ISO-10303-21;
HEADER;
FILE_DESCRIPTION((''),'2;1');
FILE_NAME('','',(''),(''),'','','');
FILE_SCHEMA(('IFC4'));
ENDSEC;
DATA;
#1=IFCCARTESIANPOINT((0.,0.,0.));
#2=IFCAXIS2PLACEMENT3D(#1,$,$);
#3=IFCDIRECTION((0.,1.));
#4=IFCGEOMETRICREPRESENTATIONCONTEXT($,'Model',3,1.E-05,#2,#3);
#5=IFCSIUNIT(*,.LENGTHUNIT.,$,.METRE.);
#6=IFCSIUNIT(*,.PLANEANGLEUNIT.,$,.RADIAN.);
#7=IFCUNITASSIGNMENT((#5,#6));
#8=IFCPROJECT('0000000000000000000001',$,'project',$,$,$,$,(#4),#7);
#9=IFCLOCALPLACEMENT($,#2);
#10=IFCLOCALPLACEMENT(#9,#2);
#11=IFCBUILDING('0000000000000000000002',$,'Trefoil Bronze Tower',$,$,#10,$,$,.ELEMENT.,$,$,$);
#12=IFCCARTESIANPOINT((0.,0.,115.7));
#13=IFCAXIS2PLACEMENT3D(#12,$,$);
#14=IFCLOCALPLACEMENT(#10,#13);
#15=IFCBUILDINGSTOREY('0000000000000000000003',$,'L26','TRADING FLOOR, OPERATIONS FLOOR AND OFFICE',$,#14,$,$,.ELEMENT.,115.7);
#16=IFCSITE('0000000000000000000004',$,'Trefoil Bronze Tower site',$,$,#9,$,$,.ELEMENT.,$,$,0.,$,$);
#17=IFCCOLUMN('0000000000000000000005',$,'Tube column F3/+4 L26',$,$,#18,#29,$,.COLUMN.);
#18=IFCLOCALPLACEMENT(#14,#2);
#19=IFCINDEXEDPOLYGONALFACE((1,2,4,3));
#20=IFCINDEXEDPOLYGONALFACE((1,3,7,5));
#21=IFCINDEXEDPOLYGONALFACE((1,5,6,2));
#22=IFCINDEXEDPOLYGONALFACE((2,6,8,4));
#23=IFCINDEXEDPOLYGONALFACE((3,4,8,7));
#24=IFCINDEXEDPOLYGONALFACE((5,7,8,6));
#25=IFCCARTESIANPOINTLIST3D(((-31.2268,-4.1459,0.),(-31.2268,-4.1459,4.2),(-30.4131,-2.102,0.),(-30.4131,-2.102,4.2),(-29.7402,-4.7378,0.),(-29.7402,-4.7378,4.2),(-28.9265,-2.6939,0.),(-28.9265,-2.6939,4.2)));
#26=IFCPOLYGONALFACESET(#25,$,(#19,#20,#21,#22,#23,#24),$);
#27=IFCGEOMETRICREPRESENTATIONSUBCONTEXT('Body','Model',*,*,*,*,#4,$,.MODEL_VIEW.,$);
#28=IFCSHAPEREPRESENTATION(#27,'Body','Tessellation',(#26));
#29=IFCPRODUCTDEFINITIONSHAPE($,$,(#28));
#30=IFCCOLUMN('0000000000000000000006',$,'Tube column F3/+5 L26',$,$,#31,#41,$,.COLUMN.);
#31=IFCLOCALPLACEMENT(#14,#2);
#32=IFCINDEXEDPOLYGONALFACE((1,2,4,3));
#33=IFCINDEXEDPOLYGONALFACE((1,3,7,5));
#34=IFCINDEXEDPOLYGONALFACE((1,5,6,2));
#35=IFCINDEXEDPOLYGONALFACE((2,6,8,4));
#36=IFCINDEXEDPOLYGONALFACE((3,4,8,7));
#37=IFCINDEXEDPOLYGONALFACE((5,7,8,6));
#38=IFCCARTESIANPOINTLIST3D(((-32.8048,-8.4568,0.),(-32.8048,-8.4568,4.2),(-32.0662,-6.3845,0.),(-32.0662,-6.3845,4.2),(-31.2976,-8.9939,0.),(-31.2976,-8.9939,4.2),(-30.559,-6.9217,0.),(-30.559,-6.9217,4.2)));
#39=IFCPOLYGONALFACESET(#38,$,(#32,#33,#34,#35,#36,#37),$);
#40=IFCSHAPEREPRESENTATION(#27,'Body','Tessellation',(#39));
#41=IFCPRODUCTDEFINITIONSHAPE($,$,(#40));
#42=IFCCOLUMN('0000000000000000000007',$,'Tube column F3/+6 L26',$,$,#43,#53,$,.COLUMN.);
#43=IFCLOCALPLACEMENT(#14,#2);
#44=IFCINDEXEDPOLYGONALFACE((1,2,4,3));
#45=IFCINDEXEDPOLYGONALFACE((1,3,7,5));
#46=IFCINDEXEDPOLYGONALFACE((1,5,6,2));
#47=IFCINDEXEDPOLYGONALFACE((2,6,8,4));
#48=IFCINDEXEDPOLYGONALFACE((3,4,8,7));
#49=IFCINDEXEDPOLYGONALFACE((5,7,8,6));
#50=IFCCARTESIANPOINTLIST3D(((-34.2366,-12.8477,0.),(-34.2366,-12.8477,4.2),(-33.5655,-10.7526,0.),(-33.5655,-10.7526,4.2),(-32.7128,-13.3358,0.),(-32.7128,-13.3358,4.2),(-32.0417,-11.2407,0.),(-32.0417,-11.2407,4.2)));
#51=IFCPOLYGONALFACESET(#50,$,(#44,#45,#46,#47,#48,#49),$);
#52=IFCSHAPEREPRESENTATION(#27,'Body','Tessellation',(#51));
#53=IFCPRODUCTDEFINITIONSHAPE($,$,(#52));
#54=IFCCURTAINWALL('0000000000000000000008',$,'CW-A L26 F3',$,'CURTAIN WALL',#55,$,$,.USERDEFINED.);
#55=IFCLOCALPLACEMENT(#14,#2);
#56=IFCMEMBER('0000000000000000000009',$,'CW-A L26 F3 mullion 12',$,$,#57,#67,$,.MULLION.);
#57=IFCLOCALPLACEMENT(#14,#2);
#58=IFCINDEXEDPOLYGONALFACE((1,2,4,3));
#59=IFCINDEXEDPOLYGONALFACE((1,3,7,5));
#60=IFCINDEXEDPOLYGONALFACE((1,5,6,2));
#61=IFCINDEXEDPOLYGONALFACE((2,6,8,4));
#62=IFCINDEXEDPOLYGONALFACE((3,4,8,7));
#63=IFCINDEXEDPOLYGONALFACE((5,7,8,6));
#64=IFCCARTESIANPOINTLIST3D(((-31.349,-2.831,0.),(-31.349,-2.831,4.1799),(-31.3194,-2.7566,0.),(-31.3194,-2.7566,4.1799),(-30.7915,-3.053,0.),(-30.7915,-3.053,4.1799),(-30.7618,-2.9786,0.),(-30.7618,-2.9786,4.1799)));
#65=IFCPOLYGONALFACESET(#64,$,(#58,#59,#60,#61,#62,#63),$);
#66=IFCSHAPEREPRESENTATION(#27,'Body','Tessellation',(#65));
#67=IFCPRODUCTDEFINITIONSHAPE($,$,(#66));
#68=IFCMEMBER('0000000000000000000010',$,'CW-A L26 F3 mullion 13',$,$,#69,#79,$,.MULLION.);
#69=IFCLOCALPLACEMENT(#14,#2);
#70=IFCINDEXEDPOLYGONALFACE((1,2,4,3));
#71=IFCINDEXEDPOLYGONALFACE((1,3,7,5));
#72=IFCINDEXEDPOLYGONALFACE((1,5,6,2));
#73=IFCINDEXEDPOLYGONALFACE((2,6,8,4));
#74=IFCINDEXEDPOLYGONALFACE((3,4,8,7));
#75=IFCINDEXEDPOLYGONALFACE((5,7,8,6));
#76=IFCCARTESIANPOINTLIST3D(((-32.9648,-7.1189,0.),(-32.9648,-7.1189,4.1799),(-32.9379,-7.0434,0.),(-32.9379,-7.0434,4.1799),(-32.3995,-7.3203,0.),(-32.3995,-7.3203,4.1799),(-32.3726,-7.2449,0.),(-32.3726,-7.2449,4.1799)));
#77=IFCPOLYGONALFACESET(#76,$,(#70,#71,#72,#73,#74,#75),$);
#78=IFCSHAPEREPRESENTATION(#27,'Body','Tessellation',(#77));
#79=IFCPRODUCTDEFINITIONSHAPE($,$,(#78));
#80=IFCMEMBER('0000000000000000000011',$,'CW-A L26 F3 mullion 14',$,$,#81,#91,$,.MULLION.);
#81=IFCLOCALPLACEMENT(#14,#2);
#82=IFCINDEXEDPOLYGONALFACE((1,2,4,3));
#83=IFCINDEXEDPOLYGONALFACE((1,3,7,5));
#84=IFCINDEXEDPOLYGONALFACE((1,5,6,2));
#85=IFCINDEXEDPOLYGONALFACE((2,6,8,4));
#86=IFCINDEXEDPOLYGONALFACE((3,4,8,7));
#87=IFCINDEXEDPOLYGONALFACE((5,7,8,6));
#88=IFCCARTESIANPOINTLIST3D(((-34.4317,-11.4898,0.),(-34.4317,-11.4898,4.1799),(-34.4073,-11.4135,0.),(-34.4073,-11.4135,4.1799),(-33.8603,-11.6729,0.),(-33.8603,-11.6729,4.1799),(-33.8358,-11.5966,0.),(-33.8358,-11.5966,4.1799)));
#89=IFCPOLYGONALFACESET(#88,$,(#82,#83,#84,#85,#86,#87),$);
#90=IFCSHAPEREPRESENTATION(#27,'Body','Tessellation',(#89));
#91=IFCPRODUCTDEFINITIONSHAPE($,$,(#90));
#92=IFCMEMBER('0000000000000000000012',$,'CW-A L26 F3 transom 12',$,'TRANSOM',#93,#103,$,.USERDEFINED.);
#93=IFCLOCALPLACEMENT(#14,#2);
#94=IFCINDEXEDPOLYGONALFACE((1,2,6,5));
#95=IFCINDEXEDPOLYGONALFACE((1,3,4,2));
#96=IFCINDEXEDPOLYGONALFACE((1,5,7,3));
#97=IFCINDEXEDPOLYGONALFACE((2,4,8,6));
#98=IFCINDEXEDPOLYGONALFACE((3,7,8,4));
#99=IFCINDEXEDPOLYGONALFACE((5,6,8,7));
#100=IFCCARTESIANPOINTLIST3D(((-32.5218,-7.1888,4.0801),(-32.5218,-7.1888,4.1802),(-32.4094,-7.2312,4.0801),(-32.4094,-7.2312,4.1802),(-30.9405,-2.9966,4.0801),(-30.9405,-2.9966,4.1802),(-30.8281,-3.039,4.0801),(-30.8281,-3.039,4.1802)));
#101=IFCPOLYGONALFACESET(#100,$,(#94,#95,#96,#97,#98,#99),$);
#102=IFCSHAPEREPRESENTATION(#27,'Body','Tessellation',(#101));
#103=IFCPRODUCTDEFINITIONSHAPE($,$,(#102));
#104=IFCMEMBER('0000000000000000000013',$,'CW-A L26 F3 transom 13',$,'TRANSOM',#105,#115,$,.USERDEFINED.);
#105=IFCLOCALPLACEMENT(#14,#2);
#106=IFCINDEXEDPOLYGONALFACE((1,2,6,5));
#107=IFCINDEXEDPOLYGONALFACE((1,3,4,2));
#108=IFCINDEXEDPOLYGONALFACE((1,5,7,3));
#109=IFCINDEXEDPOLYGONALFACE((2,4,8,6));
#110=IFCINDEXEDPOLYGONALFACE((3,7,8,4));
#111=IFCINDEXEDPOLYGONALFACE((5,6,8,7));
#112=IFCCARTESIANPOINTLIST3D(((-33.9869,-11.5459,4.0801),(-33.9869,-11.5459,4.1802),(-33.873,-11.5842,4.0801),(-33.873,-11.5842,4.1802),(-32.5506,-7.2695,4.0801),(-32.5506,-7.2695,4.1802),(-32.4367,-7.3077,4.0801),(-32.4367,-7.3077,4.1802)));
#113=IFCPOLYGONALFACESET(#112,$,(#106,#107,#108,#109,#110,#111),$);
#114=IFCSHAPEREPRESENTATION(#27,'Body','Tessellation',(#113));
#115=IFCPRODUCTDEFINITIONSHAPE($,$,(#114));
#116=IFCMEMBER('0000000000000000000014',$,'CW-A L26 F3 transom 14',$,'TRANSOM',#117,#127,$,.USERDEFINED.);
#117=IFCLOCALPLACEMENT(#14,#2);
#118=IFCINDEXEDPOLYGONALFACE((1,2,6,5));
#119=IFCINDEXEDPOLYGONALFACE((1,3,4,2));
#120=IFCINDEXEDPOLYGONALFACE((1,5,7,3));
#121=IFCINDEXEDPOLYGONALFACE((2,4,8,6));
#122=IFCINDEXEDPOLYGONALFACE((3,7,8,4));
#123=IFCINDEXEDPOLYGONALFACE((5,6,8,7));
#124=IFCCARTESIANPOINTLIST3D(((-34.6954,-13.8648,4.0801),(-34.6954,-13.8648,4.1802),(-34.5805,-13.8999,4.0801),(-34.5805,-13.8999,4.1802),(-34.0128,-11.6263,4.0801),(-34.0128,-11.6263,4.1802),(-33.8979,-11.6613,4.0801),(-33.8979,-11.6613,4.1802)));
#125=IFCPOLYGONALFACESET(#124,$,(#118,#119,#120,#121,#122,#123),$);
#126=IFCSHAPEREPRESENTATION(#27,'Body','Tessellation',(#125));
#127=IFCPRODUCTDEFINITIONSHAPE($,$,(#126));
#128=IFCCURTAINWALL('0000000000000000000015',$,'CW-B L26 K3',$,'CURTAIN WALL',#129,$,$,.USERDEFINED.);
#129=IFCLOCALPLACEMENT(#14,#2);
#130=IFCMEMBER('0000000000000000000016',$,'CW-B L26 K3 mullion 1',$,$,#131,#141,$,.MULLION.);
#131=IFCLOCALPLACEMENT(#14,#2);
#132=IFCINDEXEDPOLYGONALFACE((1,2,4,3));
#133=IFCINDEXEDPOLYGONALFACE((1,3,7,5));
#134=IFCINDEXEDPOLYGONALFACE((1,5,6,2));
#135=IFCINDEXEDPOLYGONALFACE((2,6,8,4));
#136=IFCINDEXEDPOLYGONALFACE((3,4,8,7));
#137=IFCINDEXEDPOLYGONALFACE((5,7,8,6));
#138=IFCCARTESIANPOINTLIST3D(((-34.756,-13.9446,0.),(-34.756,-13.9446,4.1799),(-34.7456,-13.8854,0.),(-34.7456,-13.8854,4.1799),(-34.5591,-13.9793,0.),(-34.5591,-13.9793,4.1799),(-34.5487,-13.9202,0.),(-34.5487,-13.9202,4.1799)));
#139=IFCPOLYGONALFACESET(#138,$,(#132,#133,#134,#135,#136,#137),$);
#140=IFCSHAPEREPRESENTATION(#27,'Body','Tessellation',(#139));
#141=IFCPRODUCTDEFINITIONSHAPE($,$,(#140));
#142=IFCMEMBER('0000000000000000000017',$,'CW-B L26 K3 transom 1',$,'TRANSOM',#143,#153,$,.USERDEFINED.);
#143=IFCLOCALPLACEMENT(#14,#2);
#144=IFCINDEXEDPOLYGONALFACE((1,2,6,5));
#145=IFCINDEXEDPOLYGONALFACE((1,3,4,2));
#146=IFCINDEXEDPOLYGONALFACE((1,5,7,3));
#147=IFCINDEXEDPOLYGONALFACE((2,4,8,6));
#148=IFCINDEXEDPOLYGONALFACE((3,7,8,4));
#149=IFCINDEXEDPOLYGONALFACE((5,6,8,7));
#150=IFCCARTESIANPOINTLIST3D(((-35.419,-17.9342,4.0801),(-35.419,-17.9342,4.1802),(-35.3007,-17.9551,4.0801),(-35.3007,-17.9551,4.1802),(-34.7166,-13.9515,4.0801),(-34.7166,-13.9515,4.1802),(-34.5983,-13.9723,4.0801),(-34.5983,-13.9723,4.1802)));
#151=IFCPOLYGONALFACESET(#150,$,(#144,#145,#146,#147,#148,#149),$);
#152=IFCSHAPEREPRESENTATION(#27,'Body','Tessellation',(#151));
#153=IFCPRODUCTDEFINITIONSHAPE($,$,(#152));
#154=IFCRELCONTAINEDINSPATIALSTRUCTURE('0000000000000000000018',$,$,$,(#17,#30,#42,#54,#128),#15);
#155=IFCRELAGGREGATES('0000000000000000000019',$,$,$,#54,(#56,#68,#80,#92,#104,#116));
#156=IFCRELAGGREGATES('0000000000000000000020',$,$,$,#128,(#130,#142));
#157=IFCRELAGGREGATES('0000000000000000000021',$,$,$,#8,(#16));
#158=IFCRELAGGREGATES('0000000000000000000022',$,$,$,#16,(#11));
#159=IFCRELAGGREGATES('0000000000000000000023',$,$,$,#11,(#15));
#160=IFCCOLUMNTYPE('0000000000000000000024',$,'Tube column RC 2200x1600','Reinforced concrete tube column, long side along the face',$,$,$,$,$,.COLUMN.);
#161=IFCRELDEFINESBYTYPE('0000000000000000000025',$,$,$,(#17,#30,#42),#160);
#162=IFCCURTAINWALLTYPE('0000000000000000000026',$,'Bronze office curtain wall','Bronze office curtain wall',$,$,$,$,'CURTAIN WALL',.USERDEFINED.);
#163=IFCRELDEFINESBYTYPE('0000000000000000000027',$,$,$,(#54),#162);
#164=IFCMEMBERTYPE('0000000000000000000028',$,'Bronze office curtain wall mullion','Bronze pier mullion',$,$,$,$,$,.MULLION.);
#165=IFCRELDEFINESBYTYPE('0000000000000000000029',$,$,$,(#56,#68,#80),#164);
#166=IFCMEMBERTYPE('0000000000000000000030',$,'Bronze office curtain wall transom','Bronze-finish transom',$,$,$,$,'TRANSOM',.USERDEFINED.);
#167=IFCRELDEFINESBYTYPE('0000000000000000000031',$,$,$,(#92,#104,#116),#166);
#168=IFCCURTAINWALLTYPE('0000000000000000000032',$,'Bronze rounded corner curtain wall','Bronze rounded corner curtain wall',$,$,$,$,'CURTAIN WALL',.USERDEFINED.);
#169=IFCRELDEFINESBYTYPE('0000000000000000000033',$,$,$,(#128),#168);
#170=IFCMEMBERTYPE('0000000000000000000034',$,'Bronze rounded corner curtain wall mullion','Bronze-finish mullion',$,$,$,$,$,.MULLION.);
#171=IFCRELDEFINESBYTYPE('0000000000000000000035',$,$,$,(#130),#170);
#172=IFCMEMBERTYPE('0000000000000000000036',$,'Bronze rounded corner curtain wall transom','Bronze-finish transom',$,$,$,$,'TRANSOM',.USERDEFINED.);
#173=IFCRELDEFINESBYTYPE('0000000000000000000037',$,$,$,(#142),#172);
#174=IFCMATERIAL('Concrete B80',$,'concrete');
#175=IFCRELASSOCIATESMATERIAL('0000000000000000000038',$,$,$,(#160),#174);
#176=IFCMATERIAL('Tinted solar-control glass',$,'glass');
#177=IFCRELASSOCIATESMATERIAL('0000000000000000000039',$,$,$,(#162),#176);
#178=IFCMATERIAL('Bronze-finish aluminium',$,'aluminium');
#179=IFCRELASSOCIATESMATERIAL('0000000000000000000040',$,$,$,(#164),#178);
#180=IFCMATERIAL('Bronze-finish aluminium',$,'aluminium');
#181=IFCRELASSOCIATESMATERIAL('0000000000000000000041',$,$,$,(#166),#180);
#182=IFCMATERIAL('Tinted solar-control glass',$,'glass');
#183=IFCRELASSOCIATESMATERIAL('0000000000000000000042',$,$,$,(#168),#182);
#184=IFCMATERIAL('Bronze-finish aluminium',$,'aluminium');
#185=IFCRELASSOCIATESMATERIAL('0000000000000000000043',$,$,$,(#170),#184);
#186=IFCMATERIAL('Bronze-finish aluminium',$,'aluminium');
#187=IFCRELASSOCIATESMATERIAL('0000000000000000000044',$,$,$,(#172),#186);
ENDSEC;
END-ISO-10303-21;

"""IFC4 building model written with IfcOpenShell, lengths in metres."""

from ifc_helpers import new_model, si_unit, direction, frame, origin, origin_2d, place, context, subcontext, project, spatial, rectangle, extrude, material, material_profile, profile_set, type_object, element, aggregate, save


model = new_model("IFC4")

# Units and contexts
model_context = context("Model", 3, precision=1e-05, world=origin(), true_north=direction((0.0, 1.0)))
body_context = subcontext(model_context, "Body", "Model", "MODEL_VIEW")
ifc_project = project(units=[si_unit("LENGTHUNIT", "METRE"), si_unit("PLANEANGLEUNIT", "RADIAN")], contexts=[model_context])

# Site, building, storey
site_placement = place(None, origin())
site = spatial("IfcSite", under=ifc_project, at=site_placement, Name="Trefoil Bronze Tower site", CompositionType="ELEMENT", RefElevation=0.0)
building_placement = place(site_placement, origin())
building = spatial("IfcBuilding", under=site, at=building_placement, Name="Trefoil Bronze Tower", CompositionType="ELEMENT")
storey_placement = place(building_placement, frame((0.0, 0.0, 115.7)))
storey = spatial("IfcBuildingStorey", under=building, at=storey_placement, Name="L26", Description="TRADING FLOOR, OPERATIONS FLOOR AND OFFICE", CompositionType="ELEMENT", Elevation=115.7)

# Columns
ifc_material_1 = material(Name="Concrete B80", Category="concrete")
ifc_material_profile_1 = material_profile(ifc_material_1, rectangle(XDim=2.2, YDim=1.6001, at=origin_2d()), Name="RC 2200x1600")
ifc_profile_set_1 = profile_set([ifc_material_profile_1], Name="Concrete B80")
column_type = type_object("IfcColumnType", Name="Tube column RC 2200x1600", Description="Reinforced concrete tube column, long side along the face", PredefinedType="COLUMN", material=ifc_profile_set_1)
for number, where, z_axis, x_axis, name in (
    (1, (-30.0767, -3.4199, 0.0), (0.0, 0.0, 1.0), (-0.369901, -0.929071, 0.0), "Tube column F3/+4 L26"),
    (2, (-31.6819, -7.6892, 0.0), (0.0, 0.0, 1.0), (-0.335718, -0.941963, 0.0), "Tube column F3/+5 L26"),
    (3, (-33.1392, -12.0442, 0.0), (0.0, 0.0, 1.0), (-0.305066, -0.952331, 0.0), "Tube column F3/+6 L26"),
):
    element("IfcColumn", number, at=place(storey_placement, frame(where, z_axis=z_axis, x_axis=x_axis)), inside=storey, type_object=column_type, Name=name, PredefinedType="COLUMN", context=body_context, shape_type="SweptSolid", body=[
        extrude(rectangle(XDim=2.2, YDim=1.6001, at=origin_2d()), origin(), (0.0, 0.0, 1.0), 4.2),
    ])

# Curtain walls, members
ifc_material_2 = material(Name="Tinted solar-control glass", Category="glass")
curtain_wall_type_1 = type_object("IfcCurtainWallType", Name="Bronze office curtain wall", Description="Bronze office curtain wall", ElementType="CURTAIN WALL", PredefinedType="USERDEFINED", material=ifc_material_2)
curtain_wall_1_placement = place(storey_placement, origin())
curtain_wall_1 = element("IfcCurtainWall", 4, at=curtain_wall_1_placement, inside=storey, type_object=curtain_wall_type_1, Name="CW-A L26 F3", ObjectType="CURTAIN WALL", PredefinedType="USERDEFINED")
ifc_material_3 = material(Name="Bronze-finish aluminium", Category="aluminium")
ifc_material_profile_2 = material_profile(ifc_material_3, rectangle(XDim=0.6001, YDim=0.0801, at=origin_2d()), Name="CW-A mullion")
ifc_profile_set_2 = profile_set([ifc_material_profile_2], Name="Bronze-finish aluminium")
member_type_1 = type_object("IfcMemberType", Name="Bronze office curtain wall mullion", Description="Bronze pier mullion", PredefinedType="MULLION", material=ifc_profile_set_2)
member_1_placement = place(storey_placement, frame((-31.0554, -2.9048, 0.0), z_axis=(0.0, 0.0, 1.0), x_axis=(0.929071, -0.369901, 0.0)))
member_1 = element("IfcMember", 5, at=member_1_placement, type_object=member_type_1, Name="CW-A L26 F3 mullion 12", PredefinedType="MULLION", context=body_context, shape_type="SweptSolid", body=[
    extrude(rectangle(XDim=0.6001, YDim=0.0801, at=origin_2d()), origin(), (0.0, 0.0, 1.0), 4.1799),
])
member_2_placement = place(storey_placement, frame((-32.6687, -7.1819, 0.0), z_axis=(0.0, 0.0, 1.0), x_axis=(0.941963, -0.335718, 0.0)))
member_2 = element("IfcMember", 6, at=member_2_placement, type_object=member_type_1, Name="CW-A L26 F3 mullion 13", PredefinedType="MULLION", context=body_context, shape_type="SweptSolid", body=[
    extrude(rectangle(XDim=0.6001, YDim=0.0801, at=origin_2d()), origin(), (0.0, 0.0, 1.0), 4.1799),
])
member_3_placement = place(storey_placement, frame((-34.1338, -11.5432, 0.0), z_axis=(0.0, 0.0, 1.0), x_axis=(0.952331, -0.305066, 0.0)))
member_3 = element("IfcMember", 7, at=member_3_placement, type_object=member_type_1, Name="CW-A L26 F3 mullion 14", PredefinedType="MULLION", context=body_context, shape_type="SweptSolid", body=[
    extrude(rectangle(XDim=0.6001, YDim=0.0801, at=origin_2d()), origin(), (0.0, 0.0, 1.0), 4.1799),
])
ifc_material_4 = material(Name="Bronze-finish aluminium", Category="aluminium")
ifc_material_profile_3 = material_profile(ifc_material_4, rectangle(XDim=0.1201, YDim=0.1001, at=origin_2d()), Name="CW-A transom")
ifc_profile_set_3 = profile_set([ifc_material_profile_3], Name="Bronze-finish aluminium")
member_type_2 = type_object("IfcMemberType", Name="Bronze office curtain wall transom", Description="Bronze-finish transom", ElementType="TRANSOM", PredefinedType="USERDEFINED", material=ifc_profile_set_3)
member_4_placement = place(storey_placement, frame((-30.8843, -3.0178, 4.1301), z_axis=(-0.352932, -0.935649, 0.0), x_axis=(0.935649, -0.352932, 0.0)))
member_4 = element("IfcMember", 8, at=member_4_placement, type_object=member_type_2, Name="CW-A L26 F3 transom 12", ObjectType="TRANSOM", PredefinedType="USERDEFINED", context=body_context, shape_type="SweptSolid", body=[
    extrude(rectangle(XDim=0.1201, YDim=0.1001, at=origin_2d()), origin(), (0.0, 0.0, 1.0), 4.4805),
])
member_5_placement = place(storey_placement, frame((-32.4937, -7.2886, 4.1301), z_axis=(-0.318386, -0.947961, 0.0), x_axis=(0.947961, -0.318386, 0.0)))
member_5 = element("IfcMember", 9, at=member_5_placement, type_object=member_type_2, Name="CW-A L26 F3 transom 13", ObjectType="TRANSOM", PredefinedType="USERDEFINED", context=body_context, shape_type="SweptSolid", body=[
    extrude(rectangle(XDim=0.1201, YDim=0.1001, at=origin_2d()), origin(), (0.0, 0.0, 1.0), 4.5112),
])
member_6_placement = place(storey_placement, frame((-33.9553, -11.6438, 4.1301), z_axis=(-0.29168, -0.956516, 0.0), x_axis=(0.956516, -0.29168, 0.0)))
member_6 = element("IfcMember", 10, at=member_6_placement, type_object=member_type_2, Name="CW-A L26 F3 transom 14", ObjectType="TRANSOM", PredefinedType="USERDEFINED", context=body_context, shape_type="SweptSolid", body=[
    extrude(rectangle(XDim=0.1201, YDim=0.1001, at=origin_2d()), origin(), (0.0, 0.0, 1.0), 2.3403),
])
ifc_material_5 = material(Name="Tinted solar-control glass", Category="glass")
curtain_wall_type_2 = type_object("IfcCurtainWallType", Name="Bronze rounded corner curtain wall", Description="Bronze rounded corner curtain wall", ElementType="CURTAIN WALL", PredefinedType="USERDEFINED", material=ifc_material_5)
curtain_wall_2_placement = place(storey_placement, origin())
curtain_wall_2 = element("IfcCurtainWall", 11, at=curtain_wall_2_placement, inside=storey, type_object=curtain_wall_type_2, Name="CW-B L26 K3", ObjectType="CURTAIN WALL", PredefinedType="USERDEFINED")
ifc_material_6 = material(Name="Bronze-finish aluminium", Category="aluminium")
ifc_material_profile_4 = material_profile(ifc_material_6, rectangle(XDim=0.2, YDim=0.0601, at=origin_2d()), Name="CW-B mullion")
ifc_profile_set_4 = profile_set([ifc_material_profile_4], Name="Bronze-finish aluminium")
member_type_3 = type_object("IfcMemberType", Name="Bronze rounded corner curtain wall mullion", Description="Bronze-finish mullion", PredefinedType="MULLION", material=ifc_profile_set_4)
member_7_placement = place(storey_placement, frame((-34.6523, -13.9324, 0.0), z_axis=(0.0, 0.0, 1.0), x_axis=(0.984808, -0.173648, 0.0)))
member_7 = element("IfcMember", 12, at=member_7_placement, type_object=member_type_3, Name="CW-B L26 K3 mullion 1", PredefinedType="MULLION", context=body_context, shape_type="SweptSolid", body=[
    extrude(rectangle(XDim=0.2, YDim=0.0601, at=origin_2d()), origin(), (0.0, 0.0, 1.0), 4.1799),
])
ifc_material_7 = material(Name="Bronze-finish aluminium", Category="aluminium")
ifc_material_profile_5 = material_profile(ifc_material_7, rectangle(XDim=0.1201, YDim=0.1001, at=origin_2d()), Name="CW-B transom")
ifc_profile_set_5 = profile_set([ifc_material_profile_5], Name="Bronze-finish aluminium")
member_type_4 = type_object("IfcMemberType", Name="Bronze rounded corner curtain wall transom", Description="Bronze-finish transom", ElementType="TRANSOM", PredefinedType="USERDEFINED", material=ifc_profile_set_5)
member_8_placement = place(storey_placement, frame((-34.6575, -13.9619, 4.1301), z_axis=(-0.173682, -0.984802, 0.0), x_axis=(0.984802, -0.173682, 0.0)))
member_8 = element("IfcMember", 13, at=member_8_placement, type_object=member_type_4, Name="CW-B L26 K3 transom 1", ObjectType="TRANSOM", PredefinedType="USERDEFINED", context=body_context, shape_type="SweptSolid", body=[
    extrude(rectangle(XDim=0.1201, YDim=0.1001, at=origin_2d()), origin(), (0.0, 0.0, 1.0), 4.0442),
])

aggregate(curtain_wall_1, [member_1, member_2, member_3, member_4, member_5, member_6])
aggregate(curtain_wall_2, [member_7, member_8])

save(model, "model.ifc")
